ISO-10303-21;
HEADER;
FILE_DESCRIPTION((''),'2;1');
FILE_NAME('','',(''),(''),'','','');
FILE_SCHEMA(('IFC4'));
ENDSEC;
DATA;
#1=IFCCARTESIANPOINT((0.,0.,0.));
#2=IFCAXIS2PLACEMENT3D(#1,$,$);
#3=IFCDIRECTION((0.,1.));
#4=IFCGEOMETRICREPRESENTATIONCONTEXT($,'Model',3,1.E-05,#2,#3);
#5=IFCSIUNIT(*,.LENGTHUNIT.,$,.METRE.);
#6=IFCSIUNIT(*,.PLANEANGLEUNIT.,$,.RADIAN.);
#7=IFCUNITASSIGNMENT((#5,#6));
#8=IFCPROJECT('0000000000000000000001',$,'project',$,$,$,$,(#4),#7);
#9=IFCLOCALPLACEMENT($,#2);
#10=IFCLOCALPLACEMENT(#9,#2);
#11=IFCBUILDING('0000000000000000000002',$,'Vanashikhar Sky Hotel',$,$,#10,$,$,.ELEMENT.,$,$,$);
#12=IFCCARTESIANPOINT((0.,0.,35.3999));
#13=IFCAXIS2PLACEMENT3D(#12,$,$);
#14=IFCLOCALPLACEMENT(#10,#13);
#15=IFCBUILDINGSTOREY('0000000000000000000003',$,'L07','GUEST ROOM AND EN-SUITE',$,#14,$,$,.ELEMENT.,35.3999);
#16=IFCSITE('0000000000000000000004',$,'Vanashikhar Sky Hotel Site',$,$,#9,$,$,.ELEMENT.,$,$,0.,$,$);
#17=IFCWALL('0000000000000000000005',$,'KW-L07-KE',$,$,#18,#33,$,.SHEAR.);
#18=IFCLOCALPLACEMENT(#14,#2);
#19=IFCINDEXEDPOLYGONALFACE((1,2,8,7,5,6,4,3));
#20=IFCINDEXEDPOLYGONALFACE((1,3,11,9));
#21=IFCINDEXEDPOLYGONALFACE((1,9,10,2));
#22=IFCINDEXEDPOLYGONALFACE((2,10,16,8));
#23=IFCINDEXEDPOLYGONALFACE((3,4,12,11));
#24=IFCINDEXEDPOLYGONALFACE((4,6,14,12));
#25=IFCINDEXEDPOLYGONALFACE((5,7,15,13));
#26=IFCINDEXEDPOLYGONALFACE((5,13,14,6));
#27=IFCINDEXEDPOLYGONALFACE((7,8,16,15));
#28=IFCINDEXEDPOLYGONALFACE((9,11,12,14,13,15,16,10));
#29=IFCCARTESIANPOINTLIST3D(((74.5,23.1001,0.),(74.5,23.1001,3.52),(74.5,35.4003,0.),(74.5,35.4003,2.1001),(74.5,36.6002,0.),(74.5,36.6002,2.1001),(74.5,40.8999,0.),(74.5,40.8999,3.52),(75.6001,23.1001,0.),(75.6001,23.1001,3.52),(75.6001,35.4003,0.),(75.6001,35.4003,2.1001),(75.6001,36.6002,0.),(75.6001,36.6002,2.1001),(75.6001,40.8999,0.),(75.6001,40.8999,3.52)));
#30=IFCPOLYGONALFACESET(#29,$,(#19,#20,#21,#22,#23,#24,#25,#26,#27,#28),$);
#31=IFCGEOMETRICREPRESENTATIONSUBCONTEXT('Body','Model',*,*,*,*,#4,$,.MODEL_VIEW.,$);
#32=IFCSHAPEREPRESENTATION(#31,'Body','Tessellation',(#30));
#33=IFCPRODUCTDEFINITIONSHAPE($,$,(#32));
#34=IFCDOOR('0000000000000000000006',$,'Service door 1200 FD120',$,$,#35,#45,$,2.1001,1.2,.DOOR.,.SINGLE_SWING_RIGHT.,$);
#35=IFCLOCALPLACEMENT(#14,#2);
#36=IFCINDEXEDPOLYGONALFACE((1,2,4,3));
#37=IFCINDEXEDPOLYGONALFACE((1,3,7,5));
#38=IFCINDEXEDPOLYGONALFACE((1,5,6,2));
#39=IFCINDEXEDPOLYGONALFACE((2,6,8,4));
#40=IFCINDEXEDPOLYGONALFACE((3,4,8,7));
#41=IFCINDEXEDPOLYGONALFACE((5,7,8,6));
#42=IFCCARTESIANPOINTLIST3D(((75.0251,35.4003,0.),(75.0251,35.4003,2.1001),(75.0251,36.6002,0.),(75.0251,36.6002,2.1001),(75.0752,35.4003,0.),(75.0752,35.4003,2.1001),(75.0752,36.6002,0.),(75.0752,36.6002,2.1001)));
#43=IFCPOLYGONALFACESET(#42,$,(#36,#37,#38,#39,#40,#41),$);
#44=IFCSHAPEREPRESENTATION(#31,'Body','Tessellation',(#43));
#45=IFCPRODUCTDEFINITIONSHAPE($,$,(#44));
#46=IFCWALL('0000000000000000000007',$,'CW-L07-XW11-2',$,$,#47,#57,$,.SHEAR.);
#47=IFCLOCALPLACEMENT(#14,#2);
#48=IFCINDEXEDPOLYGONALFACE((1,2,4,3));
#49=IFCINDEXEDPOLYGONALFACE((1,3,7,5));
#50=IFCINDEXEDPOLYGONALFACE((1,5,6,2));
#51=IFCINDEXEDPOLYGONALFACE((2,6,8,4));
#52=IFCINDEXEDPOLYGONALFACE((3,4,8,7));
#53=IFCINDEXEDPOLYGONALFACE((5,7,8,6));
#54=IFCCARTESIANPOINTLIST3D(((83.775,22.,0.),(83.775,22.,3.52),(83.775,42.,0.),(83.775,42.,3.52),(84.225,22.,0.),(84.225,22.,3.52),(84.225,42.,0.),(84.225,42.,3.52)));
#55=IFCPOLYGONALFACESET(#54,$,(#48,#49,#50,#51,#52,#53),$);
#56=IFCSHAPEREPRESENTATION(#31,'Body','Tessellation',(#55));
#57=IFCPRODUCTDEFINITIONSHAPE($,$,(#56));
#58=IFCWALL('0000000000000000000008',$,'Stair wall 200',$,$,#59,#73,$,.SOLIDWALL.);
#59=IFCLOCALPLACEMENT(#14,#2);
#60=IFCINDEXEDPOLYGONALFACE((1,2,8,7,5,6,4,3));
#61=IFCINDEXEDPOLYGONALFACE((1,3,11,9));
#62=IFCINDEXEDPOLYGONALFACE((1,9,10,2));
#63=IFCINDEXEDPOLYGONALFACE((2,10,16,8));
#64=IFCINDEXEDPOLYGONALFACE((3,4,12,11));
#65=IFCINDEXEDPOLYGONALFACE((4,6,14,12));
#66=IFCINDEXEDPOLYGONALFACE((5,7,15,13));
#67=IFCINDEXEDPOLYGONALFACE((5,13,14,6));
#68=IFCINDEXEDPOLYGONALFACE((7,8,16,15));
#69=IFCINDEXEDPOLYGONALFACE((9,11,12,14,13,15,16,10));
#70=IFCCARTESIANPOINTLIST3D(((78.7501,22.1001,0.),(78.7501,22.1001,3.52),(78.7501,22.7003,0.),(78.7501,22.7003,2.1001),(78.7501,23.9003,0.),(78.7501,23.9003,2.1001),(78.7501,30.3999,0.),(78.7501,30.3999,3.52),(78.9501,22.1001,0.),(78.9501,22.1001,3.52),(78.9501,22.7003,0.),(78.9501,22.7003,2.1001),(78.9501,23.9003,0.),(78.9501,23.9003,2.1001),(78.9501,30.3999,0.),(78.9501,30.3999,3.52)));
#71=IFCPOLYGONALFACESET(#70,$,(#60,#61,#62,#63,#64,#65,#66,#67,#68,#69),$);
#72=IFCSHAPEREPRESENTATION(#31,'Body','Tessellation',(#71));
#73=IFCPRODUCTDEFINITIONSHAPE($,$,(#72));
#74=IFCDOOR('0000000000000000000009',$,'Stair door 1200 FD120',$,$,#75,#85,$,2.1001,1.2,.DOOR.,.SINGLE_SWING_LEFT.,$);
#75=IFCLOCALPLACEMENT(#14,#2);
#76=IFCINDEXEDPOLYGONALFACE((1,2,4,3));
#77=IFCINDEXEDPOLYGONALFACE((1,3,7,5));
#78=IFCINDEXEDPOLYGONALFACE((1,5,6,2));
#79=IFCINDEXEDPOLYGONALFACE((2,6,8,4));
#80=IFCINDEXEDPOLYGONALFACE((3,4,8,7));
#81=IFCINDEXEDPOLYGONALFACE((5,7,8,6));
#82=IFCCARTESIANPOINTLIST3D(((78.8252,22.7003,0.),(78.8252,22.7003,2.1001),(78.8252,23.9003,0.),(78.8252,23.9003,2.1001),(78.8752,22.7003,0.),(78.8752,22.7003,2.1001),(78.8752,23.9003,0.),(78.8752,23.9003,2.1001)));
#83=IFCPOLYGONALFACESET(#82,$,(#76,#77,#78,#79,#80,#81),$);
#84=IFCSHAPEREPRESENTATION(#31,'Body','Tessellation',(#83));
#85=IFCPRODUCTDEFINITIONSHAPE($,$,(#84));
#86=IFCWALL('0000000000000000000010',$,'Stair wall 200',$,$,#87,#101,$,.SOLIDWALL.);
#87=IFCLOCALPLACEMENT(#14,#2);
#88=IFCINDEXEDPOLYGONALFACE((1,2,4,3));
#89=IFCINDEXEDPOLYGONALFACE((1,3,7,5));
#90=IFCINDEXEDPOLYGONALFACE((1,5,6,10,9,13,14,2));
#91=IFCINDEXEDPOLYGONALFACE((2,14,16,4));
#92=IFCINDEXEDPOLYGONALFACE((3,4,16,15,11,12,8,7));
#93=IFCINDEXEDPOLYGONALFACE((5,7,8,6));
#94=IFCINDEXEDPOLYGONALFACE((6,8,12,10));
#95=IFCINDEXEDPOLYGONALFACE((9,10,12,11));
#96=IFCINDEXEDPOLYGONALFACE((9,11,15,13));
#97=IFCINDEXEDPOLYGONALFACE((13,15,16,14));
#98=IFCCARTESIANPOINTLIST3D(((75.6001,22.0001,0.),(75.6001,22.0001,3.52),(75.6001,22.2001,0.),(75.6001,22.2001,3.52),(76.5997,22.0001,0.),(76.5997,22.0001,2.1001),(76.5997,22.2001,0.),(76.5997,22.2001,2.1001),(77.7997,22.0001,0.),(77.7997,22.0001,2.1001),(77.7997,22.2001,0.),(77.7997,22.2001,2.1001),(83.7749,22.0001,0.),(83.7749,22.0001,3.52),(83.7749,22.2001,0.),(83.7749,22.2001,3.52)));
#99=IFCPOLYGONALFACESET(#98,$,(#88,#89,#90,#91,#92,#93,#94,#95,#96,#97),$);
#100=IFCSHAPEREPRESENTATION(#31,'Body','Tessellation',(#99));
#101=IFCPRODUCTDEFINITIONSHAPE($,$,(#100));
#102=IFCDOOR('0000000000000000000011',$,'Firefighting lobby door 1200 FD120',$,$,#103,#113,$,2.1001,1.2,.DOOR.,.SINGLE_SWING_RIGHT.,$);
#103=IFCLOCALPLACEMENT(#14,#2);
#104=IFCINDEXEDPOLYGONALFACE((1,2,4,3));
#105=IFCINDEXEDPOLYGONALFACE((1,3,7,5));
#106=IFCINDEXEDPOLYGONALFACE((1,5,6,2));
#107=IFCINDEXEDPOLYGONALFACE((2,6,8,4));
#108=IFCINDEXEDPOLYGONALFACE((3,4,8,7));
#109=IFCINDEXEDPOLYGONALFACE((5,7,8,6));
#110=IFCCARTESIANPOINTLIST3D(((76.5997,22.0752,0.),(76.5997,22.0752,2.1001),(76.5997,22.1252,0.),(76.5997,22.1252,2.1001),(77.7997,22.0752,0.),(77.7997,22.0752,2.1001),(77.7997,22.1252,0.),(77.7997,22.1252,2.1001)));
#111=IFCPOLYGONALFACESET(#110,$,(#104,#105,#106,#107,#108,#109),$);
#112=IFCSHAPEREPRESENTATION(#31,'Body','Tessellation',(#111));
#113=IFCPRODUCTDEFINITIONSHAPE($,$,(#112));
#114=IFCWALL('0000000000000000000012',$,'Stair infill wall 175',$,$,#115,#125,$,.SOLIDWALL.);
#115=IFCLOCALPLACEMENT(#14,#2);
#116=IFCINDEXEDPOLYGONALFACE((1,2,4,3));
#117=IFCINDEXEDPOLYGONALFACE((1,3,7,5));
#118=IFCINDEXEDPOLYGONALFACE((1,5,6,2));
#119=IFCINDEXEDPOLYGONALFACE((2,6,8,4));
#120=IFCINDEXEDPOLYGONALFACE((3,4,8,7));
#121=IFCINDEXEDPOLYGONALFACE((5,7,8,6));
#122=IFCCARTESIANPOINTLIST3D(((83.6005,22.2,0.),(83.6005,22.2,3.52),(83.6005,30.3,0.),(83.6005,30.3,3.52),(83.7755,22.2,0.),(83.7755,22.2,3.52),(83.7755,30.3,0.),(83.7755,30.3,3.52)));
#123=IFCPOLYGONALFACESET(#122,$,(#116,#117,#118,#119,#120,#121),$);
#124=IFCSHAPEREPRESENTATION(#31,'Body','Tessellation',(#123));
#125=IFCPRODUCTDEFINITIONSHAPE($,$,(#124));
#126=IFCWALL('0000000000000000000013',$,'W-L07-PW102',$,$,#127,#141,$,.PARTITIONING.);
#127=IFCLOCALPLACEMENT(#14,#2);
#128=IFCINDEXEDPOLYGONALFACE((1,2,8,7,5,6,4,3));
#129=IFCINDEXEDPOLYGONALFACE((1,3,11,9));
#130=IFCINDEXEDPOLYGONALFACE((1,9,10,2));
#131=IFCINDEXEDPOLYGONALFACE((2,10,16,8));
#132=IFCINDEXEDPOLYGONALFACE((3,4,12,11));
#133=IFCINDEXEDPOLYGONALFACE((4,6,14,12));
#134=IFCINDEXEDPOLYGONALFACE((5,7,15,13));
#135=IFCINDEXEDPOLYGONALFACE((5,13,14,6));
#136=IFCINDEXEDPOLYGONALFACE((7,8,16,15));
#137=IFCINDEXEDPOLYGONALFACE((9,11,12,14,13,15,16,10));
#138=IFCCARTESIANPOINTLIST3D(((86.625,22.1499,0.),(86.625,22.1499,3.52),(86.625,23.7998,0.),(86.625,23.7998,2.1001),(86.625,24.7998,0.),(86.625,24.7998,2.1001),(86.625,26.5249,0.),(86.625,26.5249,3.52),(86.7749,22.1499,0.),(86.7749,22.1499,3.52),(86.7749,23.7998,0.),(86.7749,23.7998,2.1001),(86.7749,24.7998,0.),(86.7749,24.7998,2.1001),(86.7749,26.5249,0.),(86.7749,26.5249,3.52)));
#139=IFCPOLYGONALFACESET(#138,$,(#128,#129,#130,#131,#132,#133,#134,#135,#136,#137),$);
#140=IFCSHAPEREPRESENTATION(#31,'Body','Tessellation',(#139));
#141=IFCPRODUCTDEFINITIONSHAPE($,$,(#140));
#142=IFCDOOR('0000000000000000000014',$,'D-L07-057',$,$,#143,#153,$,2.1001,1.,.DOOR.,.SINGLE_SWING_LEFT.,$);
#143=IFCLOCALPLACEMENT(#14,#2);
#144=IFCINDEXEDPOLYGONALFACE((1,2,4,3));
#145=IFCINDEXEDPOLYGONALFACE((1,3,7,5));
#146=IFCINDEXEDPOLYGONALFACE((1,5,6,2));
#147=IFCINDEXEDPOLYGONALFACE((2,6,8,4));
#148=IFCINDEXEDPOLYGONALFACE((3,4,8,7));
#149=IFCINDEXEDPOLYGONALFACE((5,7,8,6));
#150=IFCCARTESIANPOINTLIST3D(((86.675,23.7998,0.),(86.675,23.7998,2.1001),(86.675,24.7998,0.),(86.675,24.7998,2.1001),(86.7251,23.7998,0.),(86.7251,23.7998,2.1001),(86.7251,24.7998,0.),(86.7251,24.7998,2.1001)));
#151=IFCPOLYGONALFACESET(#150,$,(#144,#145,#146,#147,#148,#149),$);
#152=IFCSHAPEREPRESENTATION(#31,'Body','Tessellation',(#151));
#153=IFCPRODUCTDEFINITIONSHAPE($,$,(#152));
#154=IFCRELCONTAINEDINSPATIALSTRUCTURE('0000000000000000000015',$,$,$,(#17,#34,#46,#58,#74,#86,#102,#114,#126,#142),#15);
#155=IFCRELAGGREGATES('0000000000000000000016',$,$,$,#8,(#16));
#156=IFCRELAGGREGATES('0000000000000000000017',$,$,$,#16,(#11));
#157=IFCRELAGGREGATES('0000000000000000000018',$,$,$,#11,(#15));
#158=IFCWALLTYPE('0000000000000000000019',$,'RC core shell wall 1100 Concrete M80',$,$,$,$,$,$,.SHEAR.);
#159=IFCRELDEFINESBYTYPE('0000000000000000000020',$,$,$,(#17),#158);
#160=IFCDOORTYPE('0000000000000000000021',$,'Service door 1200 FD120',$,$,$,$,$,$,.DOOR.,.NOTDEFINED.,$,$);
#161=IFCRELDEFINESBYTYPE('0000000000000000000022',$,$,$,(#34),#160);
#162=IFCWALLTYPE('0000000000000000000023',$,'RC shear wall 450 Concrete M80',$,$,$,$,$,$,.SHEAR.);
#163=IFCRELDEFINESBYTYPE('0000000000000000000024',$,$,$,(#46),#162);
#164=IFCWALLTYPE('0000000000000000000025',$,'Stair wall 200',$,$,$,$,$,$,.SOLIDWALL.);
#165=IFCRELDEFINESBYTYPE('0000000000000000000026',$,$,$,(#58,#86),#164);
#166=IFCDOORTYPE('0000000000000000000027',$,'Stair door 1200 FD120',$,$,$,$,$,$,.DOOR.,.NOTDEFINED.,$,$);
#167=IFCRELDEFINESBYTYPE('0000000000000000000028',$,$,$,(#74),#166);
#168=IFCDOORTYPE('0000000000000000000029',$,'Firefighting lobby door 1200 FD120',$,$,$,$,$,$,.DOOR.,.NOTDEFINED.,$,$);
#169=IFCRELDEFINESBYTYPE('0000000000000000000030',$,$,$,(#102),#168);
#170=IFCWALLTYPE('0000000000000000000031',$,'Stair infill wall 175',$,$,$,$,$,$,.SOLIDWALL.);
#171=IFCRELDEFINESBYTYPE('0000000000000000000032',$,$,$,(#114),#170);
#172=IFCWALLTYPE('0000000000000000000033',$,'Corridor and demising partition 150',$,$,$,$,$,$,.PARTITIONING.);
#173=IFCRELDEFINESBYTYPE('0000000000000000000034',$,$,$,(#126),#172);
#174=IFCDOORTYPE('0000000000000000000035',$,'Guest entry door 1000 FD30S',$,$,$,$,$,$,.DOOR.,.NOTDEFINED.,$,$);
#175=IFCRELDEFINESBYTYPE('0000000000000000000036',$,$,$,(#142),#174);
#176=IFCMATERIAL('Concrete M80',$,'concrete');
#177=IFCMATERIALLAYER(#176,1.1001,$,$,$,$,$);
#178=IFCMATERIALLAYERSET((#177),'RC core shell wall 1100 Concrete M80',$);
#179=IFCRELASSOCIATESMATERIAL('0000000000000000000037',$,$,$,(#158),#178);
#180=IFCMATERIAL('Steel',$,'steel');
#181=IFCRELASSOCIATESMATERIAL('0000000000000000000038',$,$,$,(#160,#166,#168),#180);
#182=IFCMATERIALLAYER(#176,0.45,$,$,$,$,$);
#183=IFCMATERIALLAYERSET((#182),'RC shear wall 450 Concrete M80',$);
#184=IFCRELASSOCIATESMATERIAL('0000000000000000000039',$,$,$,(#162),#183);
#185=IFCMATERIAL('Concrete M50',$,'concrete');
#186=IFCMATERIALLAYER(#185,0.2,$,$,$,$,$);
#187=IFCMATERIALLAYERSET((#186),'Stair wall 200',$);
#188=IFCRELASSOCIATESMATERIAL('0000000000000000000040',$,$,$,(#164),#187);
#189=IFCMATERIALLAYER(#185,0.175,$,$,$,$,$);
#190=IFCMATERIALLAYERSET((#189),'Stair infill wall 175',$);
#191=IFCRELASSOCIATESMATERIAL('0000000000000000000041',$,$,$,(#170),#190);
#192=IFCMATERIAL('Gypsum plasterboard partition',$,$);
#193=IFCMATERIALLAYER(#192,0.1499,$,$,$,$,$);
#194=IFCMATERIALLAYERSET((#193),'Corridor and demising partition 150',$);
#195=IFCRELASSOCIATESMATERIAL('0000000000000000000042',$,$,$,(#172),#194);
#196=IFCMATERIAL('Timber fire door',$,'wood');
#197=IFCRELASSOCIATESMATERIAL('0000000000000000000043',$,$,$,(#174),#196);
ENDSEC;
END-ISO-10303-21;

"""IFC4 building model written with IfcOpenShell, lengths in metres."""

from ifc_helpers import new_model, si_unit, direction, frame, frame_2d, origin, place, context, subcontext, project, spatial, rectangle, extrude, source, transform, mapped, material, layer, layer_set, type_object, element, fill, save


model = new_model("IFC4")

# Units and contexts
model_context = context("Model", 3, precision=1e-05, world=origin(), true_north=direction((0.0, 1.0)))
body_context = subcontext(model_context, "Body", "Model", "MODEL_VIEW")
ifc_project = project(units=[si_unit("LENGTHUNIT", "METRE"), si_unit("PLANEANGLEUNIT", "RADIAN")], contexts=[model_context])

# Site, building, storey
site_placement = place(None, origin())
site = spatial("IfcSite", under=ifc_project, at=site_placement, Name="Vanashikhar Sky Hotel Site", CompositionType="ELEMENT", RefElevation=0.0)
building_placement = place(site_placement, origin())
building = spatial("IfcBuilding", under=site, at=building_placement, Name="Vanashikhar Sky Hotel", CompositionType="ELEMENT")
storey_placement = place(building_placement, frame((0.0, 0.0, 35.3999)))
storey = spatial("IfcBuildingStorey", under=building, at=storey_placement, Name="L07", Description="GUEST ROOM AND EN-SUITE", CompositionType="ELEMENT", Elevation=35.3999)

# Wall, opening, door
ifc_material_1 = material(Name="Concrete M80", Category="concrete")
ifc_layer_1 = layer(ifc_material_1, 1.1001)
ifc_layer_set_1 = layer_set([ifc_layer_1], Name="RC core shell wall 1100 Concrete M80")
wall_type_1 = type_object("IfcWallType", Name="RC core shell wall 1100 Concrete M80", PredefinedType="SHEAR", material=ifc_layer_set_1)
shared_shape_1 = source(origin(), body_context, "Body", "SweptSolid", [
    extrude(rectangle(XDim=17.7998, YDim=1.1001, at=frame_2d((8.8999, 0.0))), origin(), (0.0, 0.0, 1.0), 3.52),
])
wall_1_placement = place(storey_placement, frame((75.05, 23.1001, 0.0), z_axis=(0.0, 0.0, 1.0), x_axis=(0.0, 1.0, 0.0)))
wall_1 = element("IfcWall", 1, at=wall_1_placement, inside=storey, type_object=wall_type_1, Name="KW-L07-KE", PredefinedType="SHEAR", context=body_context, shape_type="MappedRepresentation", body=[
    mapped(shared_shape_1, transform((0.0, 0.0, 0.0), scale=1.0)),
])
shared_shape_2 = source(origin(), body_context, "Body", "SweptSolid", [
    extrude(rectangle(XDim=1.2, YDim=2.1001, at=frame_2d((0.6001, 1.05))), frame((0.0, 0.5601, 0.0), z_axis=(0.0, -1.0, 0.0), x_axis=(1.0, 0.0, 0.0)), (0.0, 0.0, 1.0), 1.1201),
])
opening_1_placement = place(wall_1_placement, frame((12.3, 0.0, 0.0)))
opening_1 = element("IfcOpeningElement", 2, at=opening_1_placement, cuts=wall_1, PredefinedType="OPENING", context=body_context, shape_type="MappedRepresentation", body=[
    mapped(shared_shape_2, transform((0.0, 0.0, 0.0), scale=1.0)),
])
ifc_material_2 = material(Name="Steel", Category="steel")
door_type_1 = type_object("IfcDoorType", Name="Service door 1200 FD120", OperationType="NOTDEFINED", PredefinedType="DOOR", material=ifc_material_2)
shared_shape_3 = source(origin(), body_context, "Body", "SweptSolid", [
    extrude(rectangle(XDim=1.2, YDim=2.1001, at=frame_2d((0.6001, 1.05))), frame((0.0, 0.0249, 0.0), z_axis=(0.0, -1.0, 0.0), x_axis=(1.0, 0.0, 0.0)), (0.0, 0.0, 1.0), 0.05),
])
door_1_placement = place(opening_1_placement, origin())
door_1 = element("IfcDoor", 3, at=door_1_placement, inside=storey, type_object=door_type_1, Name="Service door 1200 FD120", OperationType="SINGLE_SWING_RIGHT", OverallHeight=2.1001, OverallWidth=1.2, PredefinedType="DOOR", context=body_context, shape_type="MappedRepresentation", body=[
    mapped(shared_shape_3, transform((0.0, 0.0, 0.0), scale=1.0)),
])
fill(opening_1, door_1)

# Wall
ifc_layer_2 = layer(ifc_material_1, 0.45)
ifc_layer_set_2 = layer_set([ifc_layer_2], Name="RC shear wall 450 Concrete M80")
wall_type_2 = type_object("IfcWallType", Name="RC shear wall 450 Concrete M80", PredefinedType="SHEAR", material=ifc_layer_set_2)
shared_shape_4 = source(origin(), body_context, "Body", "SweptSolid", [
    extrude(rectangle(XDim=20.0, YDim=0.45, at=frame_2d((10.0, 0.0))), origin(), (0.0, 0.0, 1.0), 3.52),
])
wall_2_placement = place(storey_placement, frame((84.0, 22.0, 0.0), z_axis=(0.0, 0.0, 1.0), x_axis=(0.0, 1.0, 0.0)))
element("IfcWall", 4, at=wall_2_placement, inside=storey, type_object=wall_type_2, Name="CW-L07-XW11-2", PredefinedType="SHEAR", context=body_context, shape_type="MappedRepresentation", body=[
    mapped(shared_shape_4, transform((0.0, 0.0, 0.0), scale=1.0)),
])

# Walls, openings, doors
ifc_material_3 = material(Name="Concrete M50", Category="concrete")
ifc_layer_3 = layer(ifc_material_3, 0.2)
ifc_layer_set_3 = layer_set([ifc_layer_3], Name="Stair wall 200")
wall_type_3 = type_object("IfcWallType", Name="Stair wall 200", PredefinedType="SOLIDWALL", material=ifc_layer_set_3)
shared_shape_5 = source(origin(), body_context, "Body", "SweptSolid", [
    extrude(rectangle(XDim=8.2998, YDim=0.2, at=frame_2d((4.1499, 0.0))), origin(), (0.0, 0.0, 1.0), 3.52),
])
wall_3_placement = place(storey_placement, frame((78.8501, 22.1001, 0.0), z_axis=(0.0, 0.0, 1.0), x_axis=(0.0, 1.0, 0.0)))
wall_3 = element("IfcWall", 5, at=wall_3_placement, inside=storey, type_object=wall_type_3, Name="Stair wall 200", PredefinedType="SOLIDWALL", context=body_context, shape_type="MappedRepresentation", body=[
    mapped(shared_shape_5, transform((0.0, 0.0, 0.0), scale=1.0)),
])
shared_shape_6 = source(origin(), body_context, "Body", "SweptSolid", [
    extrude(rectangle(XDim=1.2, YDim=2.1001, at=frame_2d((0.6001, 1.05))), frame((0.0, 0.1099, 0.0), z_axis=(0.0, -1.0, 0.0), x_axis=(1.0, 0.0, 0.0)), (0.0, 0.0, 1.0), 0.22),
])
opening_2_placement = place(wall_3_placement, frame((0.6001, 0.0, 0.0)))
opening_2 = element("IfcOpeningElement", 6, at=opening_2_placement, cuts=wall_3, PredefinedType="OPENING", context=body_context, shape_type="MappedRepresentation", body=[
    mapped(shared_shape_6, transform((0.0, 0.0, 0.0), scale=1.0)),
])
door_type_2 = type_object("IfcDoorType", Name="Stair door 1200 FD120", OperationType="NOTDEFINED", PredefinedType="DOOR", material=ifc_material_2)
door_2_placement = place(opening_2_placement, origin())
door_2 = element("IfcDoor", 7, at=door_2_placement, inside=storey, type_object=door_type_2, Name="Stair door 1200 FD120", OperationType="SINGLE_SWING_LEFT", OverallHeight=2.1001, OverallWidth=1.2, PredefinedType="DOOR", context=body_context, shape_type="MappedRepresentation", body=[
    mapped(shared_shape_3, transform((0.0, 0.0, 0.0), scale=1.0)),
])
fill(opening_2, door_2)
shared_shape_7 = source(origin(), body_context, "Body", "SweptSolid", [
    extrude(rectangle(XDim=8.1748, YDim=0.2, at=frame_2d((4.0874, 0.0))), origin(), (0.0, 0.0, 1.0), 3.52),
])
wall_4_placement = place(storey_placement, frame((83.7749, 22.1001, 0.0), z_axis=(0.0, 0.0, 1.0), x_axis=(-1.0, 0.0, 0.0)))
wall_4 = element("IfcWall", 8, at=wall_4_placement, inside=storey, type_object=wall_type_3, Name="Stair wall 200", PredefinedType="SOLIDWALL", context=body_context, shape_type="MappedRepresentation", body=[
    mapped(shared_shape_7, transform((0.0, 0.0, 0.0), scale=1.0)),
])
opening_3_placement = place(wall_4_placement, frame((5.9751, 0.0, 0.0)))
opening_3 = element("IfcOpeningElement", 9, at=opening_3_placement, cuts=wall_4, PredefinedType="OPENING", context=body_context, shape_type="MappedRepresentation", body=[
    mapped(shared_shape_6, transform((0.0, 0.0, 0.0), scale=1.0)),
])
door_type_3 = type_object("IfcDoorType", Name="Firefighting lobby door 1200 FD120", OperationType="NOTDEFINED", PredefinedType="DOOR", material=ifc_material_2)
door_3_placement = place(opening_3_placement, origin())
door_3 = element("IfcDoor", 10, at=door_3_placement, inside=storey, type_object=door_type_3, Name="Firefighting lobby door 1200 FD120", OperationType="SINGLE_SWING_RIGHT", OverallHeight=2.1001, OverallWidth=1.2, PredefinedType="DOOR", context=body_context, shape_type="MappedRepresentation", body=[
    mapped(shared_shape_3, transform((0.0, 0.0, 0.0), scale=1.0)),
])
fill(opening_3, door_3)

# Wall
ifc_layer_4 = layer(ifc_material_3, 0.175)
ifc_layer_set_4 = layer_set([ifc_layer_4], Name="Stair infill wall 175")
wall_type_4 = type_object("IfcWallType", Name="Stair infill wall 175", PredefinedType="SOLIDWALL", material=ifc_layer_set_4)
shared_shape_8 = source(origin(), body_context, "Body", "SweptSolid", [
    extrude(rectangle(XDim=8.1001, YDim=0.175, at=frame_2d((4.05, 0.0))), origin(), (0.0, 0.0, 1.0), 3.52),
])
wall_5_placement = place(storey_placement, frame((83.688, 22.2, 0.0), z_axis=(0.0, 0.0, 1.0), x_axis=(0.0, 1.0, 0.0)))
element("IfcWall", 11, at=wall_5_placement, inside=storey, type_object=wall_type_4, Name="Stair infill wall 175", PredefinedType="SOLIDWALL", context=body_context, shape_type="MappedRepresentation", body=[
    mapped(shared_shape_8, transform((0.0, 0.0, 0.0), scale=1.0)),
])

# Wall, opening, door
ifc_material_4 = material(Name="Gypsum plasterboard partition")
ifc_layer_5 = layer(ifc_material_4, 0.1499)
ifc_layer_set_5 = layer_set([ifc_layer_5], Name="Corridor and demising partition 150")
wall_type_5 = type_object("IfcWallType", Name="Corridor and demising partition 150", PredefinedType="PARTITIONING", material=ifc_layer_set_5)
shared_shape_9 = source(origin(), body_context, "Body", "SweptSolid", [
    extrude(rectangle(XDim=4.375, YDim=0.1499, at=frame_2d((2.1875, 0.0))), origin(), (0.0, 0.0, 1.0), 3.52),
])
wall_6_placement = place(storey_placement, frame((86.7, 22.1499, 0.0), z_axis=(0.0, 0.0, 1.0), x_axis=(0.0, 1.0, 0.0)))
wall_6 = element("IfcWall", 12, at=wall_6_placement, inside=storey, type_object=wall_type_5, Name="W-L07-PW102", PredefinedType="PARTITIONING", context=body_context, shape_type="MappedRepresentation", body=[
    mapped(shared_shape_9, transform((0.0, 0.0, 0.0), scale=1.0)),
])
shared_shape_10 = source(origin(), body_context, "Body", "SweptSolid", [
    extrude(rectangle(XDim=1.0, YDim=2.1001, at=frame_2d((0.5, 1.05))), frame((0.0, 0.085, 0.0), z_axis=(0.0, -1.0, 0.0), x_axis=(1.0, 0.0, 0.0)), (0.0, 0.0, 1.0), 0.1699),
])
opening_4_placement = place(wall_6_placement, frame((1.6499, 0.0, 0.0)))
opening_4 = element("IfcOpeningElement", 13, at=opening_4_placement, cuts=wall_6, PredefinedType="OPENING", context=body_context, shape_type="MappedRepresentation", body=[
    mapped(shared_shape_10, transform((0.0, 0.0, 0.0), scale=1.0)),
])
ifc_material_5 = material(Name="Timber fire door", Category="wood")
door_type_4 = type_object("IfcDoorType", Name="Guest entry door 1000 FD30S", OperationType="NOTDEFINED", PredefinedType="DOOR", material=ifc_material_5)
shared_shape_11 = source(origin(), body_context, "Body", "SweptSolid", [
    extrude(rectangle(XDim=1.0, YDim=2.1001, at=frame_2d((0.5, 1.05))), frame((0.0, 0.0249, 0.0), z_axis=(0.0, -1.0, 0.0), x_axis=(1.0, 0.0, 0.0)), (0.0, 0.0, 1.0), 0.05),
])
door_4_placement = place(opening_4_placement, origin())
door_4 = element("IfcDoor", 14, at=door_4_placement, inside=storey, type_object=door_type_4, Name="D-L07-057", OperationType="SINGLE_SWING_LEFT", OverallHeight=2.1001, OverallWidth=1.0, PredefinedType="DOOR", context=body_context, shape_type="MappedRepresentation", body=[
    mapped(shared_shape_11, transform((0.0, 0.0, 0.0), scale=1.0)),
])
fill(opening_4, door_4)

save(model, "model.ifc")
